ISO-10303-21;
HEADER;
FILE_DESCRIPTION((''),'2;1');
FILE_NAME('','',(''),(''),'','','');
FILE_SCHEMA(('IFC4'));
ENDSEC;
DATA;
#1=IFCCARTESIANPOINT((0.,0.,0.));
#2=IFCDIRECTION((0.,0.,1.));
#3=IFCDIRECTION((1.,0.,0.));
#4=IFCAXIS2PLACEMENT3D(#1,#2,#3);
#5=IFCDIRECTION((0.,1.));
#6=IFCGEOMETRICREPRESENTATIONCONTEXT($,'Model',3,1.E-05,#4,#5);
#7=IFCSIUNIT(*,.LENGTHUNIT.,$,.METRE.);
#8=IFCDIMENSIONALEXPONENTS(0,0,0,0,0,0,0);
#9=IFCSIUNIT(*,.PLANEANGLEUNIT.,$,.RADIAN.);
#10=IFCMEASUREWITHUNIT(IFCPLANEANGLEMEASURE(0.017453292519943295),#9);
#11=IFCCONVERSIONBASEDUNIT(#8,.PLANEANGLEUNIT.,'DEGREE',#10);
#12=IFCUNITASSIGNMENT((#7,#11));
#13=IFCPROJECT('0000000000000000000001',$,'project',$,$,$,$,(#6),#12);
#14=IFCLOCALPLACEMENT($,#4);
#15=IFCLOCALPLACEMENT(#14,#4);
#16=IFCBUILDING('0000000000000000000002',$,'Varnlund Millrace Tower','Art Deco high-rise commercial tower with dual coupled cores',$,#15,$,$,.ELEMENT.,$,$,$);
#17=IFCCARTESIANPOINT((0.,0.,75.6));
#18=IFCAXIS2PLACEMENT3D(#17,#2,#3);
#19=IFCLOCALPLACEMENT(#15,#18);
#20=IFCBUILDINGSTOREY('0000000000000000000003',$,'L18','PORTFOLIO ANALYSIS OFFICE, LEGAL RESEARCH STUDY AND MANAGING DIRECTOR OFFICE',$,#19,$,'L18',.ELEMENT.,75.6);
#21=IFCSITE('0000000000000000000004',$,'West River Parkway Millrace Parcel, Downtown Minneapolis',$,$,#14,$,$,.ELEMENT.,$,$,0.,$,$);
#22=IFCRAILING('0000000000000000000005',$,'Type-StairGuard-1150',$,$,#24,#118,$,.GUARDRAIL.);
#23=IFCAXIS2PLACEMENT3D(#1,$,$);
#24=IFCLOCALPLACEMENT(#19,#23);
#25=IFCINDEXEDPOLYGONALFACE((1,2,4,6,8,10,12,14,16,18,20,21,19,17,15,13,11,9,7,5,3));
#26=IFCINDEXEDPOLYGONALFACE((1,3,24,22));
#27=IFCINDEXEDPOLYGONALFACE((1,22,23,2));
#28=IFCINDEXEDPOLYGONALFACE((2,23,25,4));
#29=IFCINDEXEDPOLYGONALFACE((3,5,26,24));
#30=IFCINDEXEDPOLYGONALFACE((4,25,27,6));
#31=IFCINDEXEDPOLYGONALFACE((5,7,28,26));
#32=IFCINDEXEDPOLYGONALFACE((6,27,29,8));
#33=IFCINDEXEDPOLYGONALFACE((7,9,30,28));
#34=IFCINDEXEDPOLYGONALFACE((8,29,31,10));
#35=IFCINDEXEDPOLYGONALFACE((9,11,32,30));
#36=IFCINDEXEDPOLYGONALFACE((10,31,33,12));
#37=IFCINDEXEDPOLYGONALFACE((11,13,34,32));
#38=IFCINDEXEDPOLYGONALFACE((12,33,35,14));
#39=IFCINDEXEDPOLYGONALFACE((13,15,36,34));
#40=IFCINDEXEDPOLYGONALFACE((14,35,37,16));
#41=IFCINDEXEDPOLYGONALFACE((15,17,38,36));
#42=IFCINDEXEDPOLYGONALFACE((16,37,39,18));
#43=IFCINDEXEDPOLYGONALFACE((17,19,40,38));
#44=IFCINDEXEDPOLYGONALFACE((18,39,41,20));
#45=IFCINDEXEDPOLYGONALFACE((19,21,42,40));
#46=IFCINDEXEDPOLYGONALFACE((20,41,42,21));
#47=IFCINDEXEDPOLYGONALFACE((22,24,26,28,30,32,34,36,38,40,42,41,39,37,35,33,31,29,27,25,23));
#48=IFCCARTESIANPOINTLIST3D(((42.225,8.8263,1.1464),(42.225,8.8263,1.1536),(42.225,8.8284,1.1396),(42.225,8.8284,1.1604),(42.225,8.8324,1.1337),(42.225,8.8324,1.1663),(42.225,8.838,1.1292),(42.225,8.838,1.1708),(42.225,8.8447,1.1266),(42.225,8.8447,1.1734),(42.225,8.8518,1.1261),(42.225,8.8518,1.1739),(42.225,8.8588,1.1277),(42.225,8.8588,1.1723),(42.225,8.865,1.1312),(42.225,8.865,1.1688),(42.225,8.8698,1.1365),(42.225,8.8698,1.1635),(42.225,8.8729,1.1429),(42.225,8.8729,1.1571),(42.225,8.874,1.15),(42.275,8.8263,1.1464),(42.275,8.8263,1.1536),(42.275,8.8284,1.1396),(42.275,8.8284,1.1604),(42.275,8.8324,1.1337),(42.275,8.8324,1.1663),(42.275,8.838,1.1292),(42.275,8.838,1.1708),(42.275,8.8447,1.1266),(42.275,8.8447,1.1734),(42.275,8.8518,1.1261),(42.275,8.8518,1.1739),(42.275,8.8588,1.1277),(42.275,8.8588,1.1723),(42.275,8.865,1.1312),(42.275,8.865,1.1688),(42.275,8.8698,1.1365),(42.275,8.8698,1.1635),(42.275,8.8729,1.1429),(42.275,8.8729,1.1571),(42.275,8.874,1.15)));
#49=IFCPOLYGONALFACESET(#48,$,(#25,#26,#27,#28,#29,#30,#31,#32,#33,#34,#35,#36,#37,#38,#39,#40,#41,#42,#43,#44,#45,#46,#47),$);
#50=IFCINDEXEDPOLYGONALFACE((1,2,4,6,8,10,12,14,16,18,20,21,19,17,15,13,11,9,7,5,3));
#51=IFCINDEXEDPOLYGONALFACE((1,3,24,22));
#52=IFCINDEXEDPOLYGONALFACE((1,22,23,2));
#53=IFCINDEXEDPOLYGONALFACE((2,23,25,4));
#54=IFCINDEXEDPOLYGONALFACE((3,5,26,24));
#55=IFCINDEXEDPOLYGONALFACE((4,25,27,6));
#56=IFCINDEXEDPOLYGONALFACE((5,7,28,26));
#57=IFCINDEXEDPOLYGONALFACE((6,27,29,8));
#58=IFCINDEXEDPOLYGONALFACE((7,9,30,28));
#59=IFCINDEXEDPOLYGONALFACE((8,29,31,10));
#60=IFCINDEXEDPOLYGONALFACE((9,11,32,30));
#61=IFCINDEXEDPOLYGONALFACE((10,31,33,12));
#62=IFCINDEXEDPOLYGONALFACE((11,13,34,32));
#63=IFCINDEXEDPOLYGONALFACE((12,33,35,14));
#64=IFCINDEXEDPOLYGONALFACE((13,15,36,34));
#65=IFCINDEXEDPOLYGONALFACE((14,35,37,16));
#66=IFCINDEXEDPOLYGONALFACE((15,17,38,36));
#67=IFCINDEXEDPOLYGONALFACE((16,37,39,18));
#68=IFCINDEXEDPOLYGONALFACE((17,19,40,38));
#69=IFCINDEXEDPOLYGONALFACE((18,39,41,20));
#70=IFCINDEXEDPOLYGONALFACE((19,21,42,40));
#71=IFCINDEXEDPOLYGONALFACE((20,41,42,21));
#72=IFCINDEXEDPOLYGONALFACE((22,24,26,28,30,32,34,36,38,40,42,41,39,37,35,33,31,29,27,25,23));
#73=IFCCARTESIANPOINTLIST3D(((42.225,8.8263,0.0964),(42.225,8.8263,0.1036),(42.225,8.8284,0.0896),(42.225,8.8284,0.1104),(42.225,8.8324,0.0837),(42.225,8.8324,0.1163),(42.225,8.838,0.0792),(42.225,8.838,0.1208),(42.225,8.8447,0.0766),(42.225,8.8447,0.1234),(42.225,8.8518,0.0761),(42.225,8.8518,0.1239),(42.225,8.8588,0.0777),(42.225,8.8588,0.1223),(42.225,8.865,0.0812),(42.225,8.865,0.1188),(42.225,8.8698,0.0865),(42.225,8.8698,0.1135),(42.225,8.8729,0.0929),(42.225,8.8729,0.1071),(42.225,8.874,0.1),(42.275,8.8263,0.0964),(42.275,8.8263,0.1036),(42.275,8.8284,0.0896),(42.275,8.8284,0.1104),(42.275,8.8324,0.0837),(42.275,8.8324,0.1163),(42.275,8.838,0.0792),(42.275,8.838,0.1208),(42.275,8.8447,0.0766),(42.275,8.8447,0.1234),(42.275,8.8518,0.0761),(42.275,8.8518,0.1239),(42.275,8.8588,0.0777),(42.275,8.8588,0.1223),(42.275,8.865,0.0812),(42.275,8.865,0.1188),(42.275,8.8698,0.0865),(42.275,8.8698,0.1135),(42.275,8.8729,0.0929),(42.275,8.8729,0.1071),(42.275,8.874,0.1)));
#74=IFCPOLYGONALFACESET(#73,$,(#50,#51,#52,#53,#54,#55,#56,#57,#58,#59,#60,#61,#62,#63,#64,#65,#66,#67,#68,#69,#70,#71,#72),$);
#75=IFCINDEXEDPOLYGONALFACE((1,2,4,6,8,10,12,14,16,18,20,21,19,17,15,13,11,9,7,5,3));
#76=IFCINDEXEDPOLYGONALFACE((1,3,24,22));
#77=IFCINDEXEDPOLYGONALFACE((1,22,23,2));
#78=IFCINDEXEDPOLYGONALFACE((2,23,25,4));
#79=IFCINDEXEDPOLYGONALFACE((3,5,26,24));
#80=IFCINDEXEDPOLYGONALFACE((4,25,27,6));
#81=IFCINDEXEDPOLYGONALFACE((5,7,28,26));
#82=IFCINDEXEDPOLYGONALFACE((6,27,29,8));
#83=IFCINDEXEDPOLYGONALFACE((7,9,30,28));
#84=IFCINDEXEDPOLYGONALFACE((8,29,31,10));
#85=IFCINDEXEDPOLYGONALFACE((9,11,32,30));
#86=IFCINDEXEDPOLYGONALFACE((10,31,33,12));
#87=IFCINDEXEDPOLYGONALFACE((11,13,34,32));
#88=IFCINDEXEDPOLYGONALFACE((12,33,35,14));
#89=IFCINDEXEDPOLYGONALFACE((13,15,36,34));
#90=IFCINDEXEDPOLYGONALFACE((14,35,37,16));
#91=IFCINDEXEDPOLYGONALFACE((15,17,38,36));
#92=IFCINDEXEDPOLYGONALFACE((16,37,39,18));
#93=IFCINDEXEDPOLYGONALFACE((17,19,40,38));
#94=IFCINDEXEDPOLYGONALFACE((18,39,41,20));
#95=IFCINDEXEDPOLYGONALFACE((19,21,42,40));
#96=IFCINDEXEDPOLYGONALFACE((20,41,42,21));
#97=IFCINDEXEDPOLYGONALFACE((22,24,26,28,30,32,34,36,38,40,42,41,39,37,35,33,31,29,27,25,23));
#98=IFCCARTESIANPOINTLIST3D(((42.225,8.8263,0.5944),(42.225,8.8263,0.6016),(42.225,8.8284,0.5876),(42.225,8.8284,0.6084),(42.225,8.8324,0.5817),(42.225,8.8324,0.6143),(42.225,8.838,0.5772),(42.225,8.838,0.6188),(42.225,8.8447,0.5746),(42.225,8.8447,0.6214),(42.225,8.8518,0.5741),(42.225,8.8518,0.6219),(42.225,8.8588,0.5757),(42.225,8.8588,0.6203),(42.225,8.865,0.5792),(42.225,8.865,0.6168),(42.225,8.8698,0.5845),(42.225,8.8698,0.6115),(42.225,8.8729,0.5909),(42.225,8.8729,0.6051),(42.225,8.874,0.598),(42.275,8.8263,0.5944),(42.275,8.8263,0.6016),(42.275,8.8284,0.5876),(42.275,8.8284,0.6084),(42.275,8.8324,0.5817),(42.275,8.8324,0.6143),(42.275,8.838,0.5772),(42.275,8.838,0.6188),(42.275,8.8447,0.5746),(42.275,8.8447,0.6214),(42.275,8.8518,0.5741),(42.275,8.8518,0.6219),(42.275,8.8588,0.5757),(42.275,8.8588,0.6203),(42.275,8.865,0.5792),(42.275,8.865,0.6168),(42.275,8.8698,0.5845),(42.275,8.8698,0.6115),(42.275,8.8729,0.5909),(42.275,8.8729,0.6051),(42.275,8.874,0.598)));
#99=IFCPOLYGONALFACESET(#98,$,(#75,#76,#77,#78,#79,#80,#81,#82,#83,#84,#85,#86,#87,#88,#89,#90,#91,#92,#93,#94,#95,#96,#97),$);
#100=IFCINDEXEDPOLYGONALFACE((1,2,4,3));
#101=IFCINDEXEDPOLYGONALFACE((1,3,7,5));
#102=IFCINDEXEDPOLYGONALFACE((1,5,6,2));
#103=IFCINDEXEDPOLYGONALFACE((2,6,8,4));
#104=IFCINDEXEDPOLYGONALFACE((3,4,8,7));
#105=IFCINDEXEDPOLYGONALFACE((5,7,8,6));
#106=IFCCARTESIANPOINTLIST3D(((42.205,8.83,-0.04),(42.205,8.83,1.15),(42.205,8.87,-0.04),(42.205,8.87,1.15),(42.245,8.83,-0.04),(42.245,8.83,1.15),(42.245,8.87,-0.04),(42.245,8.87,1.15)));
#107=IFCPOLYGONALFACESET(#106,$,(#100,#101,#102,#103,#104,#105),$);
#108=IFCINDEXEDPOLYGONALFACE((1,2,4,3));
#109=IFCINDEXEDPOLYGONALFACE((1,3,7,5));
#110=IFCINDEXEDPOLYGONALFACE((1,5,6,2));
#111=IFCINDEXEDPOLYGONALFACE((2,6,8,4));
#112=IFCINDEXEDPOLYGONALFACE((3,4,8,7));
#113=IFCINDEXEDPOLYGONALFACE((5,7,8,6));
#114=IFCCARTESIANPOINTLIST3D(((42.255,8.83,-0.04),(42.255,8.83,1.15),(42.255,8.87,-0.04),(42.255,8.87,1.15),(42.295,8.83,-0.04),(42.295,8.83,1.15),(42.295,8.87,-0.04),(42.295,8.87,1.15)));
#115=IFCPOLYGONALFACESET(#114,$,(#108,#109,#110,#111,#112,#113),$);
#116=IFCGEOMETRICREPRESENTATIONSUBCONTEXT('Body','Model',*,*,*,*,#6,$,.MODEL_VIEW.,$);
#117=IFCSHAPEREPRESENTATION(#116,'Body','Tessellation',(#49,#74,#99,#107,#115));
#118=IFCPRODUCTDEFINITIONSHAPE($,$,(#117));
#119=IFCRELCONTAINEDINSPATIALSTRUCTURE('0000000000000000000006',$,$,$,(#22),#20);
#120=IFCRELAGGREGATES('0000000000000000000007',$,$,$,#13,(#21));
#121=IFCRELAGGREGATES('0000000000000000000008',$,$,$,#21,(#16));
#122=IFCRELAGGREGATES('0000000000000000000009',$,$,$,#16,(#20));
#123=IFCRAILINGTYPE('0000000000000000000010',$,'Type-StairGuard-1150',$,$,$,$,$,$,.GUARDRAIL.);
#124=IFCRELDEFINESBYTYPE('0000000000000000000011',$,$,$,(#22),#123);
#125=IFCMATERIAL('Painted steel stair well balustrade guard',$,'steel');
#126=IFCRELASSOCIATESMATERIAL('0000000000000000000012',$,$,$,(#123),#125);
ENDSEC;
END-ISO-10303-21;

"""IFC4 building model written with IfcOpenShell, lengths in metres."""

from ifc_helpers import new_model, entity, si_unit, converted_unit, direction, frame, origin_with_axes, origin_2d_with_axis, place, context, subcontext, project, spatial, rectangle, circle, extrude, material, type_object, element, save


model = new_model("IFC4")

# Units and contexts
model_context = context("Model", 3, precision=1e-05, world=origin_with_axes(), true_north=direction((0.0, 1.0)))
body_context = subcontext(model_context, "Body", "Model", "MODEL_VIEW")
ifc_project = project(units=[si_unit("LENGTHUNIT", "METRE"), converted_unit("PLANEANGLEUNIT", "DEGREE", entity("IfcPlaneAngleMeasure", 0.017453292519943295), si_unit("PLANEANGLEUNIT", "RADIAN"), dimensions=[0, 0, 0, 0, 0, 0, 0])], contexts=[model_context])

# Site, building, storey
site_placement = place(None, origin_with_axes())
site = spatial("IfcSite", under=ifc_project, at=site_placement, Name="West River Parkway Millrace Parcel, Downtown Minneapolis", CompositionType="ELEMENT", RefElevation=0.0)
building_placement = place(site_placement, origin_with_axes())
building = spatial("IfcBuilding", under=site, at=building_placement, Name="Varnlund Millrace Tower", Description="Art Deco high-rise commercial tower with dual coupled cores", CompositionType="ELEMENT")
storey_placement = place(building_placement, frame((0.0, 0.0, 75.6), z_axis=(0.0, 0.0, 1.0), x_axis=(1.0, 0.0, 0.0)))
storey = spatial("IfcBuildingStorey", under=building, at=storey_placement, Name="L18", Description="PORTFOLIO ANALYSIS OFFICE, LEGAL RESEARCH STUDY AND MANAGING DIRECTOR OFFICE", LongName="L18", CompositionType="ELEMENT", Elevation=75.6)

# Railing
ifc_material_1 = material(Name="Painted steel stair well balustrade guard", Category="steel")
railing_type_1 = type_object("IfcRailingType", Name="Type-StairGuard-1150", PredefinedType="GUARDRAIL", material=ifc_material_1)
railing_1_placement = place(storey_placement, frame((0.0, 0.0, -75.6), z_axis=(0.0, 0.0, 1.0), x_axis=(1.0, 0.0, 0.0)))
element("IfcRailing", 1, at=railing_1_placement, inside=storey, type_object=railing_type_1, Name="Type-StairGuard-1150", PredefinedType="GUARDRAIL", context=body_context, shape_type="SweptSolid", body=[
    extrude(circle(Radius=0.024, at=origin_2d_with_axis()), frame((42.225, 8.85, 76.75), z_axis=(1.0, 0.0, 0.0), x_axis=(0.0, 1.0, 0.0)), (0.0, 0.0, 1.0), 0.05),
    extrude(circle(Radius=0.024, at=origin_2d_with_axis()), frame((42.225, 8.85, 75.7), z_axis=(1.0, 0.0, 0.0), x_axis=(0.0, 1.0, 0.0)), (0.0, 0.0, 1.0), 0.05),
    extrude(circle(Radius=0.024, at=origin_2d_with_axis()), frame((42.225, 8.85, 76.198), z_axis=(1.0, 0.0, 0.0), x_axis=(0.0, 1.0, 0.0)), (0.0, 0.0, 1.0), 0.05),
    extrude(rectangle(XDim=0.04, YDim=0.04, at=origin_2d_with_axis()), frame((42.225, 8.85, 75.56), z_axis=(0.0, 0.0, 1.0), x_axis=(1.0, 0.0, 0.0)), (0.0, 0.0, 1.0), 1.19),
    extrude(rectangle(XDim=0.04, YDim=0.04, at=origin_2d_with_axis()), frame((42.275, 8.85, 75.56), z_axis=(0.0, 0.0, 1.0), x_axis=(1.0, 0.0, 0.0)), (0.0, 0.0, 1.0), 1.19),
])

save(model, "model.ifc")
